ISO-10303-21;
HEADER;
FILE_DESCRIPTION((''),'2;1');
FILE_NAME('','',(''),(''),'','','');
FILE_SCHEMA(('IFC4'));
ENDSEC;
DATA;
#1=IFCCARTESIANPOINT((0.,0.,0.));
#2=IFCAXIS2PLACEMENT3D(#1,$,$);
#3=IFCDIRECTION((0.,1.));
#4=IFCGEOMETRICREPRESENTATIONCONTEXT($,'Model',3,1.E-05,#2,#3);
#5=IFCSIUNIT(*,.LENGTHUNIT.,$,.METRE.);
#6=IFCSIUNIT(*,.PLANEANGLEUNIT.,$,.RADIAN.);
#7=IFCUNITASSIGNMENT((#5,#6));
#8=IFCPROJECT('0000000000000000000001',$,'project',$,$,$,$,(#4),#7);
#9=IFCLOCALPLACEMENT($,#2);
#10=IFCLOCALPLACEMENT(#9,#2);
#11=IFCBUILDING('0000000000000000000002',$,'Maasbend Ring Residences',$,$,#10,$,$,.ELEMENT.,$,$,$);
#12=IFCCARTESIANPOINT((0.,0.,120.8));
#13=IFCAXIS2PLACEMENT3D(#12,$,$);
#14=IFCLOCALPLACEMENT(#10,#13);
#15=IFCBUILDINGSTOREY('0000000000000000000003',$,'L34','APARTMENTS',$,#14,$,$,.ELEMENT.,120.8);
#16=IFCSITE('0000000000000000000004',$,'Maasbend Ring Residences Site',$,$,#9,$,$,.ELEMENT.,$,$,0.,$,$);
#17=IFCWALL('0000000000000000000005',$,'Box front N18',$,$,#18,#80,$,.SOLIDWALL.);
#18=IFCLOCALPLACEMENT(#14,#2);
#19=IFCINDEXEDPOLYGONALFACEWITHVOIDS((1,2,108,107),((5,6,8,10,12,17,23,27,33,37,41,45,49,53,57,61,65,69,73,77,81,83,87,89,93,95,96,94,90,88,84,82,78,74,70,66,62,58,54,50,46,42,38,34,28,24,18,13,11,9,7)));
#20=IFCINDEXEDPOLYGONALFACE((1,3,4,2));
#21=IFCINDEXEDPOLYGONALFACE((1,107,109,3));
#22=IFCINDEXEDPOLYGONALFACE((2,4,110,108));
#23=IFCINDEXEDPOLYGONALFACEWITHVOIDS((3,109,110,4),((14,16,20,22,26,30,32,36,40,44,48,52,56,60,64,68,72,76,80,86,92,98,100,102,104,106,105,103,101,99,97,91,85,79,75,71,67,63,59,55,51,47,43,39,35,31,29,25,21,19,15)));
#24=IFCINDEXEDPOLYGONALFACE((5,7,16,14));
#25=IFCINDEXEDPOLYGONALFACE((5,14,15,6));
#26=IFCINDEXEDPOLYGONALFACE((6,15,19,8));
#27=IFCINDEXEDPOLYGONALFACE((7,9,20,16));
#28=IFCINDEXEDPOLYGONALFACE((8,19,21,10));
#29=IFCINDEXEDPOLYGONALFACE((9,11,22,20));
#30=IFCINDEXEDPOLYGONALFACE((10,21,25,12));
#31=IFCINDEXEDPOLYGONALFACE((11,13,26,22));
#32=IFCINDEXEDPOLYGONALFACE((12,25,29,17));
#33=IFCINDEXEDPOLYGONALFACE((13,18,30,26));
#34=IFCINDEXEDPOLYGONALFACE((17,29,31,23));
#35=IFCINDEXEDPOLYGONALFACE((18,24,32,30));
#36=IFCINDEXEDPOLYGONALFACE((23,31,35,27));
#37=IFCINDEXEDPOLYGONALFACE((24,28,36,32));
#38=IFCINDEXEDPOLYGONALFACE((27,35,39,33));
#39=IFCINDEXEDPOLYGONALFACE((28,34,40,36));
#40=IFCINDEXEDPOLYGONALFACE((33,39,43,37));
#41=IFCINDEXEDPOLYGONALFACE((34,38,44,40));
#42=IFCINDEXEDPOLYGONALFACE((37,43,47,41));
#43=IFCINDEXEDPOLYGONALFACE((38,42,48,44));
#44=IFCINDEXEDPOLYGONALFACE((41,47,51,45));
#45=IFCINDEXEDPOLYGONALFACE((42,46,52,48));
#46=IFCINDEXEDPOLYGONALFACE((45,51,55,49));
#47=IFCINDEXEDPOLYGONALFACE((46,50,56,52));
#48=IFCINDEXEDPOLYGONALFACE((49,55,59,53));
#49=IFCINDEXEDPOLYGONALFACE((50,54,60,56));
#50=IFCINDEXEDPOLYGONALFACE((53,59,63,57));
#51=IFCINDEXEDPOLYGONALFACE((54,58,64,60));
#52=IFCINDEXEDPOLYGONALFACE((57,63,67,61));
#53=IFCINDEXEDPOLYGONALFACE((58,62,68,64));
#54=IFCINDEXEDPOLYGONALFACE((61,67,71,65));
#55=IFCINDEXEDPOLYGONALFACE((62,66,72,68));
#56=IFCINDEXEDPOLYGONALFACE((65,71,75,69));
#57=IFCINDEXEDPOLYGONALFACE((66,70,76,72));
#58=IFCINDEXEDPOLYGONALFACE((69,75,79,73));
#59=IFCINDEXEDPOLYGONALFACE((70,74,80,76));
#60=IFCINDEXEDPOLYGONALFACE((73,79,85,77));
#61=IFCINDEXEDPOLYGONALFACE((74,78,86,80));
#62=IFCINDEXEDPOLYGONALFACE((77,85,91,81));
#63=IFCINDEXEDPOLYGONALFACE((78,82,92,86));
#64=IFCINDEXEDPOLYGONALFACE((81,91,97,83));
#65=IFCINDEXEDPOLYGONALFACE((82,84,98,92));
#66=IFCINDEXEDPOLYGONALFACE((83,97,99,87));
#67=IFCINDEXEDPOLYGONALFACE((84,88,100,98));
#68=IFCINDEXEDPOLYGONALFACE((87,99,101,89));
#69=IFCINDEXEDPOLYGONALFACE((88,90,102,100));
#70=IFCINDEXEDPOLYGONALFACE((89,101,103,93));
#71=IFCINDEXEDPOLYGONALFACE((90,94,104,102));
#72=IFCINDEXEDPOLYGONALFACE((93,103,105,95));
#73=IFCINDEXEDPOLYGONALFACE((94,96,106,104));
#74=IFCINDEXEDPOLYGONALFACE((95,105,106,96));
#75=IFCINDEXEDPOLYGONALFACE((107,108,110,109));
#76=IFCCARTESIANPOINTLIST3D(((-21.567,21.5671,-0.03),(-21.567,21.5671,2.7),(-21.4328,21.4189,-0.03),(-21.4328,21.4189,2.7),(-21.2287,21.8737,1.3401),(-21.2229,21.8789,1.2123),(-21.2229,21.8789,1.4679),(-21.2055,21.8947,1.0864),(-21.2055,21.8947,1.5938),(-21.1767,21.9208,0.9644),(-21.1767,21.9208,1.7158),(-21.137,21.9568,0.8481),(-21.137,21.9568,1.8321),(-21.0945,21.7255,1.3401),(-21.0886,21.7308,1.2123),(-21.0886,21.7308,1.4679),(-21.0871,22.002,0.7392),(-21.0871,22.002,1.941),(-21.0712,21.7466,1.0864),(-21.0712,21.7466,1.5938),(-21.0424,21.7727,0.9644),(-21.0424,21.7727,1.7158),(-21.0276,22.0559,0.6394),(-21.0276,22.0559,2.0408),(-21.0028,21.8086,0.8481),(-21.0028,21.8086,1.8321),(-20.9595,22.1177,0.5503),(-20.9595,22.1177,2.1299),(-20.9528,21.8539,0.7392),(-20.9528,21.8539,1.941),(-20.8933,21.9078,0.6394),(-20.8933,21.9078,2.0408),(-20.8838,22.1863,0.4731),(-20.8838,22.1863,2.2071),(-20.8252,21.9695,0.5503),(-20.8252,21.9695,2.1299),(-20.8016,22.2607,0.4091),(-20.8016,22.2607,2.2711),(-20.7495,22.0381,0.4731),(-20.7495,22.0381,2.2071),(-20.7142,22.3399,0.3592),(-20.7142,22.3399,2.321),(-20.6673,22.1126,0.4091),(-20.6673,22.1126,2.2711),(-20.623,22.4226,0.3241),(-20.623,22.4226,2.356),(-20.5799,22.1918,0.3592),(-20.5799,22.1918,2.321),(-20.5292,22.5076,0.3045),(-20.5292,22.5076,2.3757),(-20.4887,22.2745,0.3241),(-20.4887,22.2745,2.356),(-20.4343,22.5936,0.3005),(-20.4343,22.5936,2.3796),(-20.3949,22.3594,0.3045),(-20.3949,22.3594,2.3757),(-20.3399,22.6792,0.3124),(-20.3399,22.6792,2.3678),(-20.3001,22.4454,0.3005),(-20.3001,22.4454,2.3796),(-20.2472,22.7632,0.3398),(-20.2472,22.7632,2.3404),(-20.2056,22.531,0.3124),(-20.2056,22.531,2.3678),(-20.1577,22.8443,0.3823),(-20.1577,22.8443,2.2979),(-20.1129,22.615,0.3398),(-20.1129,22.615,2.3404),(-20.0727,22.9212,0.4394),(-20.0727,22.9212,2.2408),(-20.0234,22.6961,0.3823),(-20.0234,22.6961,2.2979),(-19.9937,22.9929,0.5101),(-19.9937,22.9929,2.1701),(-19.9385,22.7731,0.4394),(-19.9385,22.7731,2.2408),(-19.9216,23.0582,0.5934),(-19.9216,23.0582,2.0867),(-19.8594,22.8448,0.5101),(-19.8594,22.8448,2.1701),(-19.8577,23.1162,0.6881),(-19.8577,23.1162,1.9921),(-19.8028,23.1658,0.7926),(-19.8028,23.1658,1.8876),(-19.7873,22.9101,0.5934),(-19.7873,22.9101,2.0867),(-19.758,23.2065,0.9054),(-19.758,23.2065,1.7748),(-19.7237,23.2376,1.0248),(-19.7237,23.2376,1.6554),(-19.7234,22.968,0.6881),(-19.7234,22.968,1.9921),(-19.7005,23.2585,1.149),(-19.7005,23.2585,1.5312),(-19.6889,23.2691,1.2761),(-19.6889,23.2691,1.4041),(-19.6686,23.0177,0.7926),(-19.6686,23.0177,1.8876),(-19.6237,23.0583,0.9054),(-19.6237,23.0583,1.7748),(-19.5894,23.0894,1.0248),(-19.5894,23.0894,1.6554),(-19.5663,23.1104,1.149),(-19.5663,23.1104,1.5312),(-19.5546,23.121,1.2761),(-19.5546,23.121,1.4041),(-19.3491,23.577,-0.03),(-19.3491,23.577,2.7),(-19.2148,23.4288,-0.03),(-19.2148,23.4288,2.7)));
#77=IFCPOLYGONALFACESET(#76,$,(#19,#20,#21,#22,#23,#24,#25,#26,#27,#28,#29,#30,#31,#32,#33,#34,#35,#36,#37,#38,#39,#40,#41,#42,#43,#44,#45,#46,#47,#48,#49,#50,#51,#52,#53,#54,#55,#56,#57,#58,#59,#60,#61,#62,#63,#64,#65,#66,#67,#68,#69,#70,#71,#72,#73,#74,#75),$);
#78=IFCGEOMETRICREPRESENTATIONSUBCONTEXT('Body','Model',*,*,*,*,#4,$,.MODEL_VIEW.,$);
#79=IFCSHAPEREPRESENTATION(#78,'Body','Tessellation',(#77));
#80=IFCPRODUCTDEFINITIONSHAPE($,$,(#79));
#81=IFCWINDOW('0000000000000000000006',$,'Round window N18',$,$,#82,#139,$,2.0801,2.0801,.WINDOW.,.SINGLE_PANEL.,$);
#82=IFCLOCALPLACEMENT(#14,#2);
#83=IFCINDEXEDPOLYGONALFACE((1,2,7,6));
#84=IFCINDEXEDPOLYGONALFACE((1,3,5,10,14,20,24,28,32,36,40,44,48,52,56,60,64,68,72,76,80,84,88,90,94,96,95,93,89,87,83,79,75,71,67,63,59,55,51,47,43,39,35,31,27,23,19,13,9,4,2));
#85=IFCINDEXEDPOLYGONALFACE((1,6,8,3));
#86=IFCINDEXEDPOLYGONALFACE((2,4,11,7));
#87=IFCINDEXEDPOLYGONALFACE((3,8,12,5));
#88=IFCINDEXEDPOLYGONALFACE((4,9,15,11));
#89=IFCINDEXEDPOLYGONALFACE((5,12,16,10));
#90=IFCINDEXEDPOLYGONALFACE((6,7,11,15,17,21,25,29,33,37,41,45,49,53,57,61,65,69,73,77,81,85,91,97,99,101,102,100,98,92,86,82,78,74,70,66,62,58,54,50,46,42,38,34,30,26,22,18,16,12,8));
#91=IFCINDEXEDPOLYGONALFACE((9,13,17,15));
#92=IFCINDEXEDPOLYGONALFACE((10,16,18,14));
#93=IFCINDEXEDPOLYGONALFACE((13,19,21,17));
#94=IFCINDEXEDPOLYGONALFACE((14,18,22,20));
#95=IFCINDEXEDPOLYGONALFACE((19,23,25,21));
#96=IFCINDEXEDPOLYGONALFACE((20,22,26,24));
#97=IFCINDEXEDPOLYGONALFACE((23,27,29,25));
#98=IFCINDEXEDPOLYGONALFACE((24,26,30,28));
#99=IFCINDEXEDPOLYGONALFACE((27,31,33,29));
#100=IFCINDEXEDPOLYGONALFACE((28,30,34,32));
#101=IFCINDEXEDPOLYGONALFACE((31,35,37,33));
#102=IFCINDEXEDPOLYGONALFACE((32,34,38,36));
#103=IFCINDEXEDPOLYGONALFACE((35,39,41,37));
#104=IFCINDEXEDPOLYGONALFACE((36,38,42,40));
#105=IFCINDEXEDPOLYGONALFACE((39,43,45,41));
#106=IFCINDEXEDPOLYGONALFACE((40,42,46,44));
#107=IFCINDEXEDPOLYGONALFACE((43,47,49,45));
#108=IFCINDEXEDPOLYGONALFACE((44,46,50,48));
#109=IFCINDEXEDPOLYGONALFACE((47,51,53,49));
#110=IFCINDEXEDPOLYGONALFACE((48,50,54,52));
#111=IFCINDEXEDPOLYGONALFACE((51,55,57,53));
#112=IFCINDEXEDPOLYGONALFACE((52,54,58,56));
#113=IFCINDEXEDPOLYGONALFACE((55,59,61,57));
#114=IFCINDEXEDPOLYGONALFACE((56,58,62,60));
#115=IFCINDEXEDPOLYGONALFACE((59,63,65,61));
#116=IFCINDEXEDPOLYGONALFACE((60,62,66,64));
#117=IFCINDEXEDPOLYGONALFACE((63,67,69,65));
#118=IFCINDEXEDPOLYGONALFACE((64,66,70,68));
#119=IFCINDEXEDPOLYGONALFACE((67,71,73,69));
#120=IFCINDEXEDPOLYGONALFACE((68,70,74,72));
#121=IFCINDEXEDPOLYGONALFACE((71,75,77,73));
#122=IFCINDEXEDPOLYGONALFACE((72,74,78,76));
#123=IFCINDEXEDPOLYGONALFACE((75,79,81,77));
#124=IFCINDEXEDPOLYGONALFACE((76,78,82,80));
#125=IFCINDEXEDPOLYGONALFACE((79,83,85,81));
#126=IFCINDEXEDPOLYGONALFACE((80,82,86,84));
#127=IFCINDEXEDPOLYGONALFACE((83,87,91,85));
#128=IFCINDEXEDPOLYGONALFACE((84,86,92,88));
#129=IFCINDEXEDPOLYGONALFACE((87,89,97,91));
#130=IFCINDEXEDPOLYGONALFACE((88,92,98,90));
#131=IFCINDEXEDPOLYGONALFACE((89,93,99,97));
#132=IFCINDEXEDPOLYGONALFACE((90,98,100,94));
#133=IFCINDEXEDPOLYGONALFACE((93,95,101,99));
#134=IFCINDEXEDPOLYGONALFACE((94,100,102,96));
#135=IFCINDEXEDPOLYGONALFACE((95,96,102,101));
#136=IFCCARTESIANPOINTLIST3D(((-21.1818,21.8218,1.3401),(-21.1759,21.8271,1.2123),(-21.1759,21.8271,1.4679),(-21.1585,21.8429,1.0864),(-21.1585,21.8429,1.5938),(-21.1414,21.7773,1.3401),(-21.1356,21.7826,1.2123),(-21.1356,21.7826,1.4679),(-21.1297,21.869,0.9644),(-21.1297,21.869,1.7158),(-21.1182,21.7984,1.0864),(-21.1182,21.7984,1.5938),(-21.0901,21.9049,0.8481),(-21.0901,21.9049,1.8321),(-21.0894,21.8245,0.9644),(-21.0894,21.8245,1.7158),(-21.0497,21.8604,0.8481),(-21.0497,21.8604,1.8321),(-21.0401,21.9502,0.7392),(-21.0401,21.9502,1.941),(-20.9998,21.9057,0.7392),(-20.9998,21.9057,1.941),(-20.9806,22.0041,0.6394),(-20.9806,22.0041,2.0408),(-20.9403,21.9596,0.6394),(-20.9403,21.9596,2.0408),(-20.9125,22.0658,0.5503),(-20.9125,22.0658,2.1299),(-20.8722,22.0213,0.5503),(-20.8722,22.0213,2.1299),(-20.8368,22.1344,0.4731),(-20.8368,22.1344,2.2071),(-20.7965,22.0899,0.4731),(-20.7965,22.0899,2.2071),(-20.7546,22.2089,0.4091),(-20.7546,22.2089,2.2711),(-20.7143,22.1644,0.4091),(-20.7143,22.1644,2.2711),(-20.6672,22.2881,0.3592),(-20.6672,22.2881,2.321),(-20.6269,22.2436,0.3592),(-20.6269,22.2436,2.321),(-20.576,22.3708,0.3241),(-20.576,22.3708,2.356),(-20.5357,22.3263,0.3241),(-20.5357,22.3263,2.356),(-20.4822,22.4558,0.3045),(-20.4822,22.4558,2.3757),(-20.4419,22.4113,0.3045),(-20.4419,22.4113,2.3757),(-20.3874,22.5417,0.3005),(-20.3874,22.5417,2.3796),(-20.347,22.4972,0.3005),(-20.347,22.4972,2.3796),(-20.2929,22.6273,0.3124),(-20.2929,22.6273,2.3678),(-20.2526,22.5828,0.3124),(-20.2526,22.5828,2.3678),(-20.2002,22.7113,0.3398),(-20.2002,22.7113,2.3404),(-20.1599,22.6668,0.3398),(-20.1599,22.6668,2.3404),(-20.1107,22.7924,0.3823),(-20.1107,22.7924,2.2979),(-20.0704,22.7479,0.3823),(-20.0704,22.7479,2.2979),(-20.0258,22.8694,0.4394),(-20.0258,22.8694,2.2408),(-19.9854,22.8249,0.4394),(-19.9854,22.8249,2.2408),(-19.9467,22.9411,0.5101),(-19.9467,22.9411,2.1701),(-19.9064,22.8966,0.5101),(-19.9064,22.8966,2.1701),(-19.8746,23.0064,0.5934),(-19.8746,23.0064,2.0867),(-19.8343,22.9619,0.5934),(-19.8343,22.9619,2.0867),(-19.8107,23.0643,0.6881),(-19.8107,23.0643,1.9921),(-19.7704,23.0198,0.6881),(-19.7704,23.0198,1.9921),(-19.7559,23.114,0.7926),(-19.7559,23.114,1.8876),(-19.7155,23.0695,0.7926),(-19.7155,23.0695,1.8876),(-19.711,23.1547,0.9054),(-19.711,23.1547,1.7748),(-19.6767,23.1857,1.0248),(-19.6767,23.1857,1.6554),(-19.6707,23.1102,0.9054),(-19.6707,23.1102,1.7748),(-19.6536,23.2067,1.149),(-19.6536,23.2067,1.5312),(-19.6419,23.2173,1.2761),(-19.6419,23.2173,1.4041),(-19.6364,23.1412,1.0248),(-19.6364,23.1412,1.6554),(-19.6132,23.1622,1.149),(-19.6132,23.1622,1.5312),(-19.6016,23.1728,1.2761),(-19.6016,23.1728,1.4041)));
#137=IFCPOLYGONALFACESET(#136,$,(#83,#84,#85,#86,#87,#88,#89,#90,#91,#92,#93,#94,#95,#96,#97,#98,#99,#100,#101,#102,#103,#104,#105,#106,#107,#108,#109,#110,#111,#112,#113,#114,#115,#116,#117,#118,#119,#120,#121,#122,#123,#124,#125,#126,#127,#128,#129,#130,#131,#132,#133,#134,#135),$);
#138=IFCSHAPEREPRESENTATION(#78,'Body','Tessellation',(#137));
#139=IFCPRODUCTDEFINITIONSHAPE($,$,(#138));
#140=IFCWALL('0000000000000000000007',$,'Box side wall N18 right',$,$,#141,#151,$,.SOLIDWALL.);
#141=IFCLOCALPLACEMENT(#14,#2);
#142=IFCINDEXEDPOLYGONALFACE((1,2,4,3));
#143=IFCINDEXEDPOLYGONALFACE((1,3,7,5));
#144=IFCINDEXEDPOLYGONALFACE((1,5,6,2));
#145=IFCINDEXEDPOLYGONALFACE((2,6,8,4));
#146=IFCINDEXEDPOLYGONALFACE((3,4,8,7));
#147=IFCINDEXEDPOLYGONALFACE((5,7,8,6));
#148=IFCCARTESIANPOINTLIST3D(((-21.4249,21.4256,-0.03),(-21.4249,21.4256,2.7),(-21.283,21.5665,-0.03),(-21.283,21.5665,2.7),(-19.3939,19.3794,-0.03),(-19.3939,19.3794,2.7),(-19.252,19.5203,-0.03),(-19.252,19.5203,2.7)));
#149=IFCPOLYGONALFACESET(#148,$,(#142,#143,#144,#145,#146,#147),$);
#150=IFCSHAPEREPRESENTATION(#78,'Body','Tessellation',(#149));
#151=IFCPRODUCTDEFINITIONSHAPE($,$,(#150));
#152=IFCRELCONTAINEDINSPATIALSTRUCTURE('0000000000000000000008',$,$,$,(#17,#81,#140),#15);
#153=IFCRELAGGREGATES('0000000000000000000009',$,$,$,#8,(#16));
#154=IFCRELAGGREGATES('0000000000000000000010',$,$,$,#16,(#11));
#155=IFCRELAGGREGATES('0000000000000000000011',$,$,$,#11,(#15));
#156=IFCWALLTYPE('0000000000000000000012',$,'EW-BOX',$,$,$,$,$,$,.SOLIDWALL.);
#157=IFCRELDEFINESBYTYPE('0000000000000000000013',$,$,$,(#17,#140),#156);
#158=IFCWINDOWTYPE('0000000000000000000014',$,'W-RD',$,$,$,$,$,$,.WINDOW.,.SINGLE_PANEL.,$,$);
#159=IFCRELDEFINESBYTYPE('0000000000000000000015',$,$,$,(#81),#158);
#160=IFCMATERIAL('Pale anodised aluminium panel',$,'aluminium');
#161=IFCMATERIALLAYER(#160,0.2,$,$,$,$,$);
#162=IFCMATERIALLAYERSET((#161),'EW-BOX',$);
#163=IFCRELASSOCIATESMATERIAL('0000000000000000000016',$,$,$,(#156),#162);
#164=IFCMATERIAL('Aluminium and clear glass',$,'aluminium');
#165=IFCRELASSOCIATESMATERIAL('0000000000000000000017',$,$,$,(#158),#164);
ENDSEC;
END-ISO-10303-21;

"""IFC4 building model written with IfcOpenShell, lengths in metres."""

from ifc_helpers import new_model, si_unit, direction, frame, frame_2d, origin, place, context, subcontext, project, spatial, rectangle, circle, extrude, material, layer, layer_set, type_object, element, fill, save


model = new_model("IFC4")

# Units and contexts
model_context = context("Model", 3, precision=1e-05, world=origin(), true_north=direction((0.0, 1.0)))
body_context = subcontext(model_context, "Body", "Model", "MODEL_VIEW")
ifc_project = project(units=[si_unit("LENGTHUNIT", "METRE"), si_unit("PLANEANGLEUNIT", "RADIAN")], contexts=[model_context])

# Site, building, storey
site_placement = place(None, origin())
site = spatial("IfcSite", under=ifc_project, at=site_placement, Name="Maasbend Ring Residences Site", CompositionType="ELEMENT", RefElevation=0.0)
building_placement = place(site_placement, origin())
building = spatial("IfcBuilding", under=site, at=building_placement, Name="Maasbend Ring Residences", CompositionType="ELEMENT")
storey_placement = place(building_placement, frame((0.0, 0.0, 120.8)))
storey = spatial("IfcBuildingStorey", under=building, at=storey_placement, Name="L34", Description="APARTMENTS", CompositionType="ELEMENT", Elevation=120.8)

# Wall, opening, window
ifc_material_1 = material(Name="Pale anodised aluminium panel", Category="aluminium")
ifc_layer_1 = layer(ifc_material_1, 0.2)
ifc_layer_set_1 = layer_set([ifc_layer_1], Name="EW-BOX")
wall_type_1 = type_object("IfcWallType", Name="EW-BOX", PredefinedType="SOLIDWALL", material=ifc_layer_set_1)
wall_1_placement = place(storey_placement, frame((-19.282, 23.5029, -0.03), z_axis=(0.0, 0.0, 1.0), x_axis=(-0.740998, -0.671507, 0.0)))
wall_1 = element("IfcWall", 1, at=wall_1_placement, inside=storey, type_object=wall_type_1, Name="Box front N18", PredefinedType="SOLIDWALL", context=body_context, shape_type="SweptSolid", body=[
    extrude(rectangle(XDim=2.9932, YDim=0.2, at=frame_2d((1.4966, 0.0))), origin(), (0.0, 0.0, 1.0), 2.73),
])
opening_1_placement = place(wall_1_placement, frame((0.4565, 0.0, 0.3301)))
opening_1 = element("IfcOpeningElement", 2, at=opening_1_placement, cuts=wall_1, PredefinedType="OPENING", context=body_context, shape_type="SweptSolid", body=[
    extrude(circle(Radius=1.04, at=frame_2d((1.04, 1.04))), frame((0.0, 0.1099, 0.0), z_axis=(0.0, -1.0, 0.0), x_axis=(1.0, 0.0, 0.0)), (0.0, 0.0, 1.0), 0.22),
])
ifc_material_2 = material(Name="Aluminium and clear glass", Category="aluminium")
window_type_1 = type_object("IfcWindowType", Name="W-RD", PartitioningType="SINGLE_PANEL", PredefinedType="WINDOW", material=ifc_material_2)
window_1_placement = place(opening_1_placement, origin())
window_1 = element("IfcWindow", 3, at=window_1_placement, inside=storey, type_object=window_type_1, Name="Round window N18", OverallHeight=2.0801, OverallWidth=2.0801, PartitioningType="SINGLE_PANEL", PredefinedType="WINDOW", context=body_context, shape_type="SweptSolid", body=[
    extrude(circle(Radius=1.04, at=frame_2d((1.04, 1.04))), frame((0.0, 0.03, 0.0), z_axis=(0.0, -1.0, 0.0), x_axis=(1.0, 0.0, 0.0)), (0.0, 0.0, 1.0), 0.0601),
])
fill(opening_1, window_1)

# Wall
wall_2_placement = place(storey_placement, frame((-19.323, 19.45, -0.03), z_axis=(0.0, 0.0, 1.0), x_axis=(-0.704477, 0.709727, 0.0)))
element("IfcWall", 4, at=wall_2_placement, inside=storey, type_object=wall_type_1, Name="Box side wall N18 right", PredefinedType="SOLIDWALL", context=body_context, shape_type="SweptSolid", body=[
    extrude(rectangle(XDim=2.8831, YDim=0.2, at=frame_2d((1.4414, 0.0))), origin(), (0.0, 0.0, 1.0), 2.73),
])

save(model, "model.ifc")
